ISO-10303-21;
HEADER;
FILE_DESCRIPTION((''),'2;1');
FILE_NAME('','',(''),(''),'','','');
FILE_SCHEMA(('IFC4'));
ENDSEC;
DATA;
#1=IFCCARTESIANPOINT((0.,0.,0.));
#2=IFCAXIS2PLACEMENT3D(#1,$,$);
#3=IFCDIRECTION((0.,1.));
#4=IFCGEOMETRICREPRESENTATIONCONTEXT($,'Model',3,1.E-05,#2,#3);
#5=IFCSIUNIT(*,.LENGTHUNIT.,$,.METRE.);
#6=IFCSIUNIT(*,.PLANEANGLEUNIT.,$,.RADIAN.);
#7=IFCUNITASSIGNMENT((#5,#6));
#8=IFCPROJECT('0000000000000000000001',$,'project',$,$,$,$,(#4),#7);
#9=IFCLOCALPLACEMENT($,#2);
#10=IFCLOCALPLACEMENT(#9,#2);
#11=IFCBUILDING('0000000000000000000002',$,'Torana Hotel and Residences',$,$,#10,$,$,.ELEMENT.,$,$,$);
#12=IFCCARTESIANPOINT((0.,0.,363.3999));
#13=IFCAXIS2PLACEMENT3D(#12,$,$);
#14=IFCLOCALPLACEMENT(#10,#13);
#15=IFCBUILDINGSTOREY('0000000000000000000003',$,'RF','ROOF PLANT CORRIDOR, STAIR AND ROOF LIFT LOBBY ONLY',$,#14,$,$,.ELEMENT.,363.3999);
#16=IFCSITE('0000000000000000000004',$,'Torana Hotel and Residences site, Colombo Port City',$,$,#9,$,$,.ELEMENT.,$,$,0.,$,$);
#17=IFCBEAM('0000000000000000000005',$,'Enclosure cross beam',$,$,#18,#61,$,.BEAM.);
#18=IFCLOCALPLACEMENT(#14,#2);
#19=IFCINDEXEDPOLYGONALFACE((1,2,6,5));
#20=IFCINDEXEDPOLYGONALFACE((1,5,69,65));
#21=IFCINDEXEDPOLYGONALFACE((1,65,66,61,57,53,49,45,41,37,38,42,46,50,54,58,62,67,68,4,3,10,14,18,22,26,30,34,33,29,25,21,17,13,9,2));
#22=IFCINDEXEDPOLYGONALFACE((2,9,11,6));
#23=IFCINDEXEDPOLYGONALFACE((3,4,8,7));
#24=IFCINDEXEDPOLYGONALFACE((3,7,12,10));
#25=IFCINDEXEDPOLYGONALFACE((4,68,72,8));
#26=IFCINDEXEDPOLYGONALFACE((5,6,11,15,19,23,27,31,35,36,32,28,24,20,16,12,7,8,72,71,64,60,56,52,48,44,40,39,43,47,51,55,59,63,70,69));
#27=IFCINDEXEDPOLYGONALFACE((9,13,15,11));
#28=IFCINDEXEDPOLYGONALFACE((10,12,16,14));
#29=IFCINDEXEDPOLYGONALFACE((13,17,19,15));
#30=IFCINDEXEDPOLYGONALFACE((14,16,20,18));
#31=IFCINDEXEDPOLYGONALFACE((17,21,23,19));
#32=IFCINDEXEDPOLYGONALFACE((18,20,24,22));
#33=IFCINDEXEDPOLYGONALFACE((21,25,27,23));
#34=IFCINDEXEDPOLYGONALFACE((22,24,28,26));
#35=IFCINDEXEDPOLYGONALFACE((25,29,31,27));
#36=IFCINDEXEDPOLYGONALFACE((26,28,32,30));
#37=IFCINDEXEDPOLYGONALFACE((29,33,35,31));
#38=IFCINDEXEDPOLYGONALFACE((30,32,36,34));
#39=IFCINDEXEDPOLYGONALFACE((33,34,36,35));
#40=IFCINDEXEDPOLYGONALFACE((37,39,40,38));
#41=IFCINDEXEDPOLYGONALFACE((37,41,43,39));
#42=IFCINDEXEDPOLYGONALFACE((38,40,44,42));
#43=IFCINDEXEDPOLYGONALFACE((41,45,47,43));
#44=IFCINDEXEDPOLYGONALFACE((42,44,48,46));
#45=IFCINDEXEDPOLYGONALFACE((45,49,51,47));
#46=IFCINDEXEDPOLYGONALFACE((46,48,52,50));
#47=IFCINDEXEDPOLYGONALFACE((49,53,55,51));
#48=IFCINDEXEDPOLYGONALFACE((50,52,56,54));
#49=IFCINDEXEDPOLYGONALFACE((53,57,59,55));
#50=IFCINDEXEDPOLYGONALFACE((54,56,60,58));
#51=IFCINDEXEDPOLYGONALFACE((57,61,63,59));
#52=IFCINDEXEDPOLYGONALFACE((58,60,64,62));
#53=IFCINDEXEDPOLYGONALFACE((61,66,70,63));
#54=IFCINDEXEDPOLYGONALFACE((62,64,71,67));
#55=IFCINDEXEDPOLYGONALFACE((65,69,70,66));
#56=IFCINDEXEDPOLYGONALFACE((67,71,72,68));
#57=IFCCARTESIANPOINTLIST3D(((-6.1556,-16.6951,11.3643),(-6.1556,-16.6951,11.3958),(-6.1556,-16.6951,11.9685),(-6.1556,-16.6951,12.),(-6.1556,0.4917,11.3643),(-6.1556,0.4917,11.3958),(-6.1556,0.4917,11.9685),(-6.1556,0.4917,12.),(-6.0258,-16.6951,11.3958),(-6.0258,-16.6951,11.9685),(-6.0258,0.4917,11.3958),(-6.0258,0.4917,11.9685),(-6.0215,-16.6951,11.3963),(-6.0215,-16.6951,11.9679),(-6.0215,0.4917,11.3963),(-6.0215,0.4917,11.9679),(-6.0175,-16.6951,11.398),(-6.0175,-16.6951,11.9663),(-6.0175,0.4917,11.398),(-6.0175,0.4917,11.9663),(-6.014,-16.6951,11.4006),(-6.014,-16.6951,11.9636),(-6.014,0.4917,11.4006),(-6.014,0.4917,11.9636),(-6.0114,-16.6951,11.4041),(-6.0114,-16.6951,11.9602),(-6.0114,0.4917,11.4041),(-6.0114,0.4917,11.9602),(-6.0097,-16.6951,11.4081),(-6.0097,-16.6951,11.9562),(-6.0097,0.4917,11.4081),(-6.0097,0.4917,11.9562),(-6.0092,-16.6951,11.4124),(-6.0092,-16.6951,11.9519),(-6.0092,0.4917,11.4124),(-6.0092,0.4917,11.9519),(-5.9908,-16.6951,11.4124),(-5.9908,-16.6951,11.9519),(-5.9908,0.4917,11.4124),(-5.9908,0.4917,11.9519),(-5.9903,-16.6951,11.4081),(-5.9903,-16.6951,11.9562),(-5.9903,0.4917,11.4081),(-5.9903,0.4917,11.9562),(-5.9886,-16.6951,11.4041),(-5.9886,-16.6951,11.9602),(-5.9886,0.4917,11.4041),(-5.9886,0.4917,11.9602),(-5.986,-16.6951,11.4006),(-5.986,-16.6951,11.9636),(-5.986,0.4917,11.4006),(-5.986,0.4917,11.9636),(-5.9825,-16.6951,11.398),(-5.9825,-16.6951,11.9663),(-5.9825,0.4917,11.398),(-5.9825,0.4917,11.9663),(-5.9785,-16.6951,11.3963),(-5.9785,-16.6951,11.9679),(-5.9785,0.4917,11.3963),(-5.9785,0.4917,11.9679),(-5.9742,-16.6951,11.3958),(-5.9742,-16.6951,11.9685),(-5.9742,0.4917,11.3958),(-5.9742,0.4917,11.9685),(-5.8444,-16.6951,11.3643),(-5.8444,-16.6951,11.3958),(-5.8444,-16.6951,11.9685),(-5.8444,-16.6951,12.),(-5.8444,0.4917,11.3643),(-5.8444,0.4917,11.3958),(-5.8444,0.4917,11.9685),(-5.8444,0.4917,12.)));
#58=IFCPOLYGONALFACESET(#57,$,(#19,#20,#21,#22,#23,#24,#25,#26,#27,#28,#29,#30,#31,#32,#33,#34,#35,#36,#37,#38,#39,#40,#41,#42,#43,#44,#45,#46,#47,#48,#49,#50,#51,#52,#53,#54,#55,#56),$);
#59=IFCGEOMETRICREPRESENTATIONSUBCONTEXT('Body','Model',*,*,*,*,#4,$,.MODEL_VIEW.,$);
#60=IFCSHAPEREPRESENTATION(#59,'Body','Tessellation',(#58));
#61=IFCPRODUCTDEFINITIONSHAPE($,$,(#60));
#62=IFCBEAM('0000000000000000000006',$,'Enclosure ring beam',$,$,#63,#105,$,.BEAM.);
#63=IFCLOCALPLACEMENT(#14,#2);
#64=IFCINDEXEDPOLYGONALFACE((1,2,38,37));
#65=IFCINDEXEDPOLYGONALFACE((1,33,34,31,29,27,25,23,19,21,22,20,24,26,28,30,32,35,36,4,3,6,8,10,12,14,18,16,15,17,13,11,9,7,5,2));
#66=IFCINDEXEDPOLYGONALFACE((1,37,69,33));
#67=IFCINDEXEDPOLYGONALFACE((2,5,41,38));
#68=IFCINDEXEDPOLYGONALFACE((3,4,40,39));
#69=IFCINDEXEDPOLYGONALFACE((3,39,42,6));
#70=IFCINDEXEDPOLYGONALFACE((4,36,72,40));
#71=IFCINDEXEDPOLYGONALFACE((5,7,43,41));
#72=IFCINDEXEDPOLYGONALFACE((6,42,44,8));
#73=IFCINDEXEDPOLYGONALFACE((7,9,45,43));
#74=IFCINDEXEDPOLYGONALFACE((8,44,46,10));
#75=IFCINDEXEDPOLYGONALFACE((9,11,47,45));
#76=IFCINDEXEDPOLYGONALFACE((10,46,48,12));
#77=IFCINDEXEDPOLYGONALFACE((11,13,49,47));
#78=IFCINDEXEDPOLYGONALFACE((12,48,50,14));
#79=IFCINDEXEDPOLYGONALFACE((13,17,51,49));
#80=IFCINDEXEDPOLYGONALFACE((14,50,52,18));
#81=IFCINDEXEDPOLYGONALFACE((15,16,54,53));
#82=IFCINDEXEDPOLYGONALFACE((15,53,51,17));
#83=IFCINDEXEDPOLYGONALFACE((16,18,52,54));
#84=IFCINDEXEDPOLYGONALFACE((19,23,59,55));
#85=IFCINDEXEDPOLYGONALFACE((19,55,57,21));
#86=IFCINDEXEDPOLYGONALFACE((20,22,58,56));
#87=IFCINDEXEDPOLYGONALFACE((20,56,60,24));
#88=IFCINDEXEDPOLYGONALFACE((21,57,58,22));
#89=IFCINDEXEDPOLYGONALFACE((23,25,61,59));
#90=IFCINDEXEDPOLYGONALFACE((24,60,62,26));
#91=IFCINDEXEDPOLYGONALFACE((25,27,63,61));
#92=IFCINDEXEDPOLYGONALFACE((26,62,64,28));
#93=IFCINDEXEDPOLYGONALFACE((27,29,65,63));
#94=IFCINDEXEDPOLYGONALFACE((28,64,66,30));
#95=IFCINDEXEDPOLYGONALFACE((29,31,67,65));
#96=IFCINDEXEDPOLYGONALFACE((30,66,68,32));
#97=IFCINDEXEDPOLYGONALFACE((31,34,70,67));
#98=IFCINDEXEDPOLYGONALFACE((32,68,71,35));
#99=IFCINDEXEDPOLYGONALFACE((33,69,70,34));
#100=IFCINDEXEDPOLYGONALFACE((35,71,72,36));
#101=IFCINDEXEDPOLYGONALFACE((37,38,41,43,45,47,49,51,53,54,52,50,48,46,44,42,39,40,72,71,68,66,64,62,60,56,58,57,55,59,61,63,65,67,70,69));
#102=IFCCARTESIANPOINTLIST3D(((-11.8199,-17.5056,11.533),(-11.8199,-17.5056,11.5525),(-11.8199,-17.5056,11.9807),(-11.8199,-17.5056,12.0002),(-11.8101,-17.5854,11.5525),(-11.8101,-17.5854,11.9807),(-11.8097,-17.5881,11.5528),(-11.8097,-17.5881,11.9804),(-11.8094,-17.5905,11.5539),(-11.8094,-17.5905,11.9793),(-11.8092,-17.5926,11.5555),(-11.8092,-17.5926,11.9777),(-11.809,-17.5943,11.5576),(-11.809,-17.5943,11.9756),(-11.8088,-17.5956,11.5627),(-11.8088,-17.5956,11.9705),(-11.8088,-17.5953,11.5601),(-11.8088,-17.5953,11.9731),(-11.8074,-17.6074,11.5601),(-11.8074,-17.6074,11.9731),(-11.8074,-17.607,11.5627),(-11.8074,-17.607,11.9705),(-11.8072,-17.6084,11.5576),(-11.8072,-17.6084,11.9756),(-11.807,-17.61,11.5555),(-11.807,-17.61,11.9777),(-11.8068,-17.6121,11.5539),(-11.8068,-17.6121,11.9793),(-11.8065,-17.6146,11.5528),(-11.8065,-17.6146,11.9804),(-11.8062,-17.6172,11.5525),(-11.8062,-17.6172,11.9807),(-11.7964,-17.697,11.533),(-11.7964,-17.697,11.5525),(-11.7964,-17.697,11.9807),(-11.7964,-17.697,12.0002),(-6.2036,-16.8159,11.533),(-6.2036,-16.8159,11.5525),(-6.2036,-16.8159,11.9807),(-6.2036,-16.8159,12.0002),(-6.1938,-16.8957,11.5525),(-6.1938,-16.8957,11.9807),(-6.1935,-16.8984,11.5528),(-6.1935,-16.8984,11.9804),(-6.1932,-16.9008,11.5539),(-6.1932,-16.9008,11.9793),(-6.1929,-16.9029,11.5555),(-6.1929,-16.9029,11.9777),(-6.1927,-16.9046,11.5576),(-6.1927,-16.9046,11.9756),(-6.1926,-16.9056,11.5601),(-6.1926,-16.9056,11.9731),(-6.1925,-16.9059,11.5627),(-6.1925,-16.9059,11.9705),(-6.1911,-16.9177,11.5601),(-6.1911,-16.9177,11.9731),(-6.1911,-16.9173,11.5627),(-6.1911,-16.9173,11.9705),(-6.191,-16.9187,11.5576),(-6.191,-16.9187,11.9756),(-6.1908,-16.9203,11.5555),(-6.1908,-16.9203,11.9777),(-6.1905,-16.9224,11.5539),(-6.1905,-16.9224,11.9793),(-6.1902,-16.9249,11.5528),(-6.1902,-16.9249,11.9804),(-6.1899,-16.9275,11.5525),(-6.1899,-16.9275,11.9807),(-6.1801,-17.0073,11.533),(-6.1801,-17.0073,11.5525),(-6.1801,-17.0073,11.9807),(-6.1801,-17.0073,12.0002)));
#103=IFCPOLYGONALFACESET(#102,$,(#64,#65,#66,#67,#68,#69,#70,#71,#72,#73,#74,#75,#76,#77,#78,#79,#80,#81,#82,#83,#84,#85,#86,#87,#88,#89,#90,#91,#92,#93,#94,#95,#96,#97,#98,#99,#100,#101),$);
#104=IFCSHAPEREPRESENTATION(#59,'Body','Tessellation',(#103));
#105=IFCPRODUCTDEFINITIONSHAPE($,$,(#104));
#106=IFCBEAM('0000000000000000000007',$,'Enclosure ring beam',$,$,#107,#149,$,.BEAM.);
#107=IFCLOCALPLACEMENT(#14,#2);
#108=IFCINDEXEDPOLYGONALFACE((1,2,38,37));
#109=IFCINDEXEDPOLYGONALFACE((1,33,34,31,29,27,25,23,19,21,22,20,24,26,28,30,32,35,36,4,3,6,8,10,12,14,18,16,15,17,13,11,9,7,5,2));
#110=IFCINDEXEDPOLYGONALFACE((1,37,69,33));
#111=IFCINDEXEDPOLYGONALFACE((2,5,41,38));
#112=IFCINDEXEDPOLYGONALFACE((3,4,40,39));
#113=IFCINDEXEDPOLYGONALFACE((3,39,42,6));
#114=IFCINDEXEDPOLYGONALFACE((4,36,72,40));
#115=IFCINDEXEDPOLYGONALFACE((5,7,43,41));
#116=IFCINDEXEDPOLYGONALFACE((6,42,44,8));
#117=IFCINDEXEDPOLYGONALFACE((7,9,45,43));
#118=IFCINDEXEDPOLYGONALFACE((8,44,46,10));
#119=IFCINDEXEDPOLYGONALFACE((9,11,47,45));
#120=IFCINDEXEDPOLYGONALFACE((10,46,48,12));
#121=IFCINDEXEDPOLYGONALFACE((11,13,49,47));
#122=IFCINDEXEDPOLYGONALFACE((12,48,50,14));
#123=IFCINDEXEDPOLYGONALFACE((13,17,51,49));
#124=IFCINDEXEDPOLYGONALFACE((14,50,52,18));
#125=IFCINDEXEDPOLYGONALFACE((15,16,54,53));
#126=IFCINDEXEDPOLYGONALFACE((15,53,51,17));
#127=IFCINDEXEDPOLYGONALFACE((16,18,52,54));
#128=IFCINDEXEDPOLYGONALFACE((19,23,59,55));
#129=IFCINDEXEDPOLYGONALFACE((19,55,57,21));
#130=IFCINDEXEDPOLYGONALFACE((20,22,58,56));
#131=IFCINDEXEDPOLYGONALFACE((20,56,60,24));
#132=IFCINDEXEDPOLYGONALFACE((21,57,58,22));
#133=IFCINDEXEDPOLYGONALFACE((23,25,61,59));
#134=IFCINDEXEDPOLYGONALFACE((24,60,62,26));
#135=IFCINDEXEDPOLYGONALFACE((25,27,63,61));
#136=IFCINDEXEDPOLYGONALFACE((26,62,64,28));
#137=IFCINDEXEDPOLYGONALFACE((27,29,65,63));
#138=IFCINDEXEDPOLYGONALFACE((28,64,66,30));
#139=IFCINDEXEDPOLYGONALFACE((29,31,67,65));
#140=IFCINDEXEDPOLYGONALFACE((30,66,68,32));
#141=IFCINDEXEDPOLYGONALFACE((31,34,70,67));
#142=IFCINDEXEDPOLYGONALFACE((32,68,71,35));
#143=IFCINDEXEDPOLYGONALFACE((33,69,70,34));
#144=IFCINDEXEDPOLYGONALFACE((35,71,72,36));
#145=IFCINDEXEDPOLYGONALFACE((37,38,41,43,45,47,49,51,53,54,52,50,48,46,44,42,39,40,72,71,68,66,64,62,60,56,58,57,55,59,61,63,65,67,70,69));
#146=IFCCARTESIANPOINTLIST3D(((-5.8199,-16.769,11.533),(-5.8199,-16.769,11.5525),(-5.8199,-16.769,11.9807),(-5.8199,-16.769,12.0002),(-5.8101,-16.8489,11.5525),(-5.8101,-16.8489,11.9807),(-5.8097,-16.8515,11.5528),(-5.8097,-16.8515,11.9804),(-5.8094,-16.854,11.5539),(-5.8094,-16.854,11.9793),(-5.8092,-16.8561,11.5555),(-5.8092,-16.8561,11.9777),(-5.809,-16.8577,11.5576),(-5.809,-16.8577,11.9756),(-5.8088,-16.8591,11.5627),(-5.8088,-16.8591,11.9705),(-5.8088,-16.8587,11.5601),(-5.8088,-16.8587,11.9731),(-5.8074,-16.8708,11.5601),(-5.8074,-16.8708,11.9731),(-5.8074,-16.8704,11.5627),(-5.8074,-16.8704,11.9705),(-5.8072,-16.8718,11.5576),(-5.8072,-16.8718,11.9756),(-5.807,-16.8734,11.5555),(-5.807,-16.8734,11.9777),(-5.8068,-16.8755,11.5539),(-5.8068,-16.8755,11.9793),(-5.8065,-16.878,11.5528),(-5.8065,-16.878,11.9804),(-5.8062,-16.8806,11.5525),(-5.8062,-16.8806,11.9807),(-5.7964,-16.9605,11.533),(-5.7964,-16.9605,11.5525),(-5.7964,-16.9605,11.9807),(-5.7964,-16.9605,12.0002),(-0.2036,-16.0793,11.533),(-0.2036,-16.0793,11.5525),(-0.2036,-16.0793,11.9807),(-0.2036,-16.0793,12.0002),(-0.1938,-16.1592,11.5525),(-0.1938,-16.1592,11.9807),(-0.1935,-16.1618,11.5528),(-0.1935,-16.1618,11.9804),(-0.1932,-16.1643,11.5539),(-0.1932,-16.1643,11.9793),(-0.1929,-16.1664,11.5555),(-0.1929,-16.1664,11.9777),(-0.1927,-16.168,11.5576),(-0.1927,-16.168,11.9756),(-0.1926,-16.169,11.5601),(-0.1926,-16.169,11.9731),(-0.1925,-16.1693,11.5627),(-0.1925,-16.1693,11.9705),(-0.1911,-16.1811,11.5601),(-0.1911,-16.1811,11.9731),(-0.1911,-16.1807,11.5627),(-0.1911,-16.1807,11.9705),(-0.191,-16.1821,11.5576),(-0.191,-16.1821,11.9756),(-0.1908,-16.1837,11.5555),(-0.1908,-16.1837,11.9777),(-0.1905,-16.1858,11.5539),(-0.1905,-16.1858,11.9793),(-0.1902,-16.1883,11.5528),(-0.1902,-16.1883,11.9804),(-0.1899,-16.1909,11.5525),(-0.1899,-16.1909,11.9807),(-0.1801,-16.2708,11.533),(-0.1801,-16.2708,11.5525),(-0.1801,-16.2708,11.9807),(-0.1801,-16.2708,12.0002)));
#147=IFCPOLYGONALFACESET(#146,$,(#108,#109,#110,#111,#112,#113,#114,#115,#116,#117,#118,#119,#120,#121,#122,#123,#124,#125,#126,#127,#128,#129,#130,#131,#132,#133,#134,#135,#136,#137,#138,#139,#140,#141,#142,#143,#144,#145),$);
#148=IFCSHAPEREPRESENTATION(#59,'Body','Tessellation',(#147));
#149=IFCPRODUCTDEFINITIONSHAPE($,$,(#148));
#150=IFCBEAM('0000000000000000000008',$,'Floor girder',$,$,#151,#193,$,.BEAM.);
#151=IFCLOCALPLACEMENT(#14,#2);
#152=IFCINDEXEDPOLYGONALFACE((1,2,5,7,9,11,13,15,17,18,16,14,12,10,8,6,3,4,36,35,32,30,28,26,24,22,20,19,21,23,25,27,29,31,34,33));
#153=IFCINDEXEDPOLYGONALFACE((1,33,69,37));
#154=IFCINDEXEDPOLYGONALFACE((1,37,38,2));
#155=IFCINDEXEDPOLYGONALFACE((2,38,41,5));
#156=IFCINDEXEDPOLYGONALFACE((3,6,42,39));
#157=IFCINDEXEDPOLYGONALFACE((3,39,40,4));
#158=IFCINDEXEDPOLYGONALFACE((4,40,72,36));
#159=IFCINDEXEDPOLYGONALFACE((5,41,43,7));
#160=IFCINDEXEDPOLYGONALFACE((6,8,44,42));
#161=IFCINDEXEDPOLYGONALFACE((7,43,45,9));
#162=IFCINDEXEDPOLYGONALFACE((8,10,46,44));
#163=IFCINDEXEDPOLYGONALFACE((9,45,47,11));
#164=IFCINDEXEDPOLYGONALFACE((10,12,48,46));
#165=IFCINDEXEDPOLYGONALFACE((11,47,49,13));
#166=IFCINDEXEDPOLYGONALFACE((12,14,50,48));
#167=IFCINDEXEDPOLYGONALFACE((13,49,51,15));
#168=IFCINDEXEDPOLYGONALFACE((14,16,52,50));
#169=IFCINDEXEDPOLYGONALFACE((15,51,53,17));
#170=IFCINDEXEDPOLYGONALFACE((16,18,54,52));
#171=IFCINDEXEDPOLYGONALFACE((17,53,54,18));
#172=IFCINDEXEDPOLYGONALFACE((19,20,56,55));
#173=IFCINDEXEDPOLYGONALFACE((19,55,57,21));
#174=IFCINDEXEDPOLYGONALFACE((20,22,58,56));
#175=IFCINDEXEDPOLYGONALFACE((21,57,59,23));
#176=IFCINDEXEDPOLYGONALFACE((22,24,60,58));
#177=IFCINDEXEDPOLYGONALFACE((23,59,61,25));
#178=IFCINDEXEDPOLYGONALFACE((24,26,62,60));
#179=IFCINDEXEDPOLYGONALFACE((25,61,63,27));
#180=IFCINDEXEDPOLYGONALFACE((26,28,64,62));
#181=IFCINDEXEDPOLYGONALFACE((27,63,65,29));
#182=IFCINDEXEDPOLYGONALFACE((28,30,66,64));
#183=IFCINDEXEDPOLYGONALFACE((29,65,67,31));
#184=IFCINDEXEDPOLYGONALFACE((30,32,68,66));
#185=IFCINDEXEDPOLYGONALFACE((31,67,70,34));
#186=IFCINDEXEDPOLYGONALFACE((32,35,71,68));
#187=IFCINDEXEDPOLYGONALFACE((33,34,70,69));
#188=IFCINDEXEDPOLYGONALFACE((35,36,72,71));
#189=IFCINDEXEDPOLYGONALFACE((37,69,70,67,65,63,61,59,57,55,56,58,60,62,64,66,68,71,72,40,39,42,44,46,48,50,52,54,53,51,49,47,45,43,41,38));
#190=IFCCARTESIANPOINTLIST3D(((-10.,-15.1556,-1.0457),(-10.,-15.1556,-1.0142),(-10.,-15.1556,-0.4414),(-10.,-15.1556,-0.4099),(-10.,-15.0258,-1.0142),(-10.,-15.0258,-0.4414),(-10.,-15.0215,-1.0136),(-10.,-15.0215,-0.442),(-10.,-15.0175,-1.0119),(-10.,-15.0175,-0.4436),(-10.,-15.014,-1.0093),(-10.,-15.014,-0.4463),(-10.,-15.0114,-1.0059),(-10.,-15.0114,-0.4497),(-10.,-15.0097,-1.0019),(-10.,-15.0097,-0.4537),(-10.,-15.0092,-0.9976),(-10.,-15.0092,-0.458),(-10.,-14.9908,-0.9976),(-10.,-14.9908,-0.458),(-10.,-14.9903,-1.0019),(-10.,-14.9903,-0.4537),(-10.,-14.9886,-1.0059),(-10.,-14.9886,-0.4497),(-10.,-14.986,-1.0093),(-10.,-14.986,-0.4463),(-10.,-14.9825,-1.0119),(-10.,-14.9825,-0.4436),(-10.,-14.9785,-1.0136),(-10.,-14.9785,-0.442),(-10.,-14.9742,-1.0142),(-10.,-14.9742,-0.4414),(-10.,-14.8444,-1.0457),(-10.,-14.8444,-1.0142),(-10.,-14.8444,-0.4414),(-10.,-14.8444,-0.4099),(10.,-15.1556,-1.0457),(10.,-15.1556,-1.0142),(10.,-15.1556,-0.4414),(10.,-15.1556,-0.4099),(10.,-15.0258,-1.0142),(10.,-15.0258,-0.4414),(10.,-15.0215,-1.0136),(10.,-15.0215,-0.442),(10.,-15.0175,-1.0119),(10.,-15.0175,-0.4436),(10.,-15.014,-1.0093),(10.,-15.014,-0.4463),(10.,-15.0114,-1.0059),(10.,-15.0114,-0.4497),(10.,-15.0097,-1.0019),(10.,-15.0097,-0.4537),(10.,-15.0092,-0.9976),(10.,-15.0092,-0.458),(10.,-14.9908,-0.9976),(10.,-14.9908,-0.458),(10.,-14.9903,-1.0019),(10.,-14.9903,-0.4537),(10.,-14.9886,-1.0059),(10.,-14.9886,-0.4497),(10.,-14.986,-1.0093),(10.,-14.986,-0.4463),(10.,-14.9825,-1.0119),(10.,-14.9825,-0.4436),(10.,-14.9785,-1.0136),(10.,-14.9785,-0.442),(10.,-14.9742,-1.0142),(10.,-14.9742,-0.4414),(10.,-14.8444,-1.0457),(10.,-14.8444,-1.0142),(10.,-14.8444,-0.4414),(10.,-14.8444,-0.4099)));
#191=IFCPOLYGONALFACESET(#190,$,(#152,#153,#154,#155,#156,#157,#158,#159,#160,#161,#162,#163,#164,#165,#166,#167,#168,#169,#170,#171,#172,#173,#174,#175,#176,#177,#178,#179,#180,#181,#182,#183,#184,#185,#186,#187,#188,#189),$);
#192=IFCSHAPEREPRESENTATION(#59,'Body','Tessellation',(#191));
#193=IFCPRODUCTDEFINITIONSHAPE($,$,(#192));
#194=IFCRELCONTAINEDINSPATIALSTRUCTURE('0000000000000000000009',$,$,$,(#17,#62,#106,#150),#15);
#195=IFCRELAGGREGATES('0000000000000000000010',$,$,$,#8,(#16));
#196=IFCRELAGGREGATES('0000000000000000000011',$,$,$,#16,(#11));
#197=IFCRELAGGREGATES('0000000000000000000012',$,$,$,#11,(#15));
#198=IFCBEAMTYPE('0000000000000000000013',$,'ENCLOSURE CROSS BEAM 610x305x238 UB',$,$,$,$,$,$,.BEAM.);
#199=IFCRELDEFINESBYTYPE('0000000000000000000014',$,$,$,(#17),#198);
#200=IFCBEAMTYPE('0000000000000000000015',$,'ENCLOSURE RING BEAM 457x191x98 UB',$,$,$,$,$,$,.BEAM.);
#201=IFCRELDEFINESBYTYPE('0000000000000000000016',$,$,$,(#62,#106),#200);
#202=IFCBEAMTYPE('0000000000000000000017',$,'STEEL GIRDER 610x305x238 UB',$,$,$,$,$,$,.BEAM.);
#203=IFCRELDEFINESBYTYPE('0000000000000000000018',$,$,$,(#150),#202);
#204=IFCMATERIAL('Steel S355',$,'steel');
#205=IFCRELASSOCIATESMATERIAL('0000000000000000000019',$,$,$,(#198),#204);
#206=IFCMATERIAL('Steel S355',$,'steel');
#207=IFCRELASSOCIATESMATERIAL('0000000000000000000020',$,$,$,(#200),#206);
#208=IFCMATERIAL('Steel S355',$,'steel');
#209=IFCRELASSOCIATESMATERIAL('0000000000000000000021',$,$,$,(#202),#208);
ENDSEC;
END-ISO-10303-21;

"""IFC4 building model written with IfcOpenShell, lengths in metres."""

from ifc_helpers import new_model, si_unit, direction, frame, origin, origin_2d, place, context, subcontext, project, spatial, i_section, extrude, material, material_profile, profile_set, type_object, element, save


model = new_model("IFC4")

# Units and contexts
model_context = context("Model", 3, precision=1e-05, world=origin(), true_north=direction((0.0, 1.0)))
body_context = subcontext(model_context, "Body", "Model", "MODEL_VIEW")
ifc_project = project(units=[si_unit("LENGTHUNIT", "METRE"), si_unit("PLANEANGLEUNIT", "RADIAN")], contexts=[model_context])

# Site, building, storey
site_placement = place(None, origin())
site = spatial("IfcSite", under=ifc_project, at=site_placement, Name="Torana Hotel and Residences site, Colombo Port City", CompositionType="ELEMENT", RefElevation=0.0)
building_placement = place(site_placement, origin())
building = spatial("IfcBuilding", under=site, at=building_placement, Name="Torana Hotel and Residences", CompositionType="ELEMENT")
storey_placement = place(building_placement, frame((0.0, 0.0, 363.3999)))
storey = spatial("IfcBuildingStorey", under=building, at=storey_placement, Name="RF", Description="ROOF PLANT CORRIDOR, STAIR AND ROOF LIFT LOBBY ONLY", CompositionType="ELEMENT", Elevation=363.3999)

# Beams
ifc_material_1 = material(Name="Steel S355", Category="steel")
ifc_material_profile_1 = material_profile(ifc_material_1, i_section(OverallWidth=0.3113, OverallDepth=0.6357, WebThickness=0.0183, FlangeThickness=0.0315, FilletRadius=0.0166, at=origin_2d()), Name="610x305x238 UB")
ifc_profile_set_1 = profile_set([ifc_material_profile_1], Name="Steel S355")
beam_type_1 = type_object("IfcBeamType", Name="ENCLOSURE CROSS BEAM 610x305x238 UB", PredefinedType="BEAM", material=ifc_profile_set_1)
beam_1_placement = place(storey_placement, frame((-6.0, -16.6951, 11.6821), z_axis=(0.0, 1.0, 0.0), x_axis=(-1.0, 0.0, 0.0)))
element("IfcBeam", 1, at=beam_1_placement, inside=storey, type_object=beam_type_1, Name="Enclosure cross beam", PredefinedType="BEAM", context=body_context, shape_type="SweptSolid", body=[
    extrude(i_section(OverallWidth=0.3113, OverallDepth=0.6357, WebThickness=0.0183, FlangeThickness=0.0315, FilletRadius=0.0166, at=origin_2d()), origin(), (0.0, 0.0, 1.0), 17.1868),
])
ifc_material_2 = material(Name="Steel S355", Category="steel")
ifc_material_profile_2 = material_profile(ifc_material_2, i_section(OverallWidth=0.1929, OverallDepth=0.4673, WebThickness=0.0115, FlangeThickness=0.0195, FilletRadius=0.0103, at=origin_2d()), Name="457x191x98 UB")
ifc_profile_set_2 = profile_set([ifc_material_profile_2], Name="Steel S355")
beam_type_2 = type_object("IfcBeamType", Name="ENCLOSURE RING BEAM 457x191x98 UB", PredefinedType="BEAM", material=ifc_profile_set_2)
for number, where, z_axis, x_axis, name in (
    (2, (-11.8081, -17.6013, 11.7666), (0.992544, 0.121889, 0.0), (-0.121889, 0.992544, 0.0), "Enclosure ring beam"),
    (3, (-5.8081, -16.8647, 11.7666), (0.992544, 0.121889, 0.0), (-0.121889, 0.992544, 0.0), "Enclosure ring beam"),
):
    element("IfcBeam", number, at=place(storey_placement, frame(where, z_axis=z_axis, x_axis=x_axis)), inside=storey, type_object=beam_type_2, Name=name, PredefinedType="BEAM", context=body_context, shape_type="SweptSolid", body=[
        extrude(i_section(OverallWidth=0.1929, OverallDepth=0.4673, WebThickness=0.0115, FlangeThickness=0.0195, FilletRadius=0.0103, at=origin_2d()), origin(), (0.0, 0.0, 1.0), 5.6584),
    ])
ifc_material_3 = material(Name="Steel S355", Category="steel")
ifc_material_profile_3 = material_profile(ifc_material_3, i_section(OverallWidth=0.3113, OverallDepth=0.6357, WebThickness=0.0183, FlangeThickness=0.0315, FilletRadius=0.0166, at=origin_2d()), Name="610x305x238 UB")
ifc_profile_set_3 = profile_set([ifc_material_profile_3], Name="Steel S355")
beam_type_3 = type_object("IfcBeamType", Name="STEEL GIRDER 610x305x238 UB", PredefinedType="BEAM", material=ifc_profile_set_3)
for number, where, z_axis, x_axis, name in (
    (4, (-10.0, -15.0, -0.7278), (1.0, 0.0, 0.0), (0.0, 1.0, 0.0), "Floor girder"),
):
    element("IfcBeam", number, at=place(storey_placement, frame(where, z_axis=z_axis, x_axis=x_axis)), inside=storey, type_object=beam_type_3, Name=name, PredefinedType="BEAM", context=body_context, shape_type="SweptSolid", body=[
        extrude(i_section(OverallWidth=0.3113, OverallDepth=0.6357, WebThickness=0.0183, FlangeThickness=0.0315, FilletRadius=0.0166, at=origin_2d()), origin(), (0.0, 0.0, 1.0), 20.0),
    ])

save(model, "model.ifc")
